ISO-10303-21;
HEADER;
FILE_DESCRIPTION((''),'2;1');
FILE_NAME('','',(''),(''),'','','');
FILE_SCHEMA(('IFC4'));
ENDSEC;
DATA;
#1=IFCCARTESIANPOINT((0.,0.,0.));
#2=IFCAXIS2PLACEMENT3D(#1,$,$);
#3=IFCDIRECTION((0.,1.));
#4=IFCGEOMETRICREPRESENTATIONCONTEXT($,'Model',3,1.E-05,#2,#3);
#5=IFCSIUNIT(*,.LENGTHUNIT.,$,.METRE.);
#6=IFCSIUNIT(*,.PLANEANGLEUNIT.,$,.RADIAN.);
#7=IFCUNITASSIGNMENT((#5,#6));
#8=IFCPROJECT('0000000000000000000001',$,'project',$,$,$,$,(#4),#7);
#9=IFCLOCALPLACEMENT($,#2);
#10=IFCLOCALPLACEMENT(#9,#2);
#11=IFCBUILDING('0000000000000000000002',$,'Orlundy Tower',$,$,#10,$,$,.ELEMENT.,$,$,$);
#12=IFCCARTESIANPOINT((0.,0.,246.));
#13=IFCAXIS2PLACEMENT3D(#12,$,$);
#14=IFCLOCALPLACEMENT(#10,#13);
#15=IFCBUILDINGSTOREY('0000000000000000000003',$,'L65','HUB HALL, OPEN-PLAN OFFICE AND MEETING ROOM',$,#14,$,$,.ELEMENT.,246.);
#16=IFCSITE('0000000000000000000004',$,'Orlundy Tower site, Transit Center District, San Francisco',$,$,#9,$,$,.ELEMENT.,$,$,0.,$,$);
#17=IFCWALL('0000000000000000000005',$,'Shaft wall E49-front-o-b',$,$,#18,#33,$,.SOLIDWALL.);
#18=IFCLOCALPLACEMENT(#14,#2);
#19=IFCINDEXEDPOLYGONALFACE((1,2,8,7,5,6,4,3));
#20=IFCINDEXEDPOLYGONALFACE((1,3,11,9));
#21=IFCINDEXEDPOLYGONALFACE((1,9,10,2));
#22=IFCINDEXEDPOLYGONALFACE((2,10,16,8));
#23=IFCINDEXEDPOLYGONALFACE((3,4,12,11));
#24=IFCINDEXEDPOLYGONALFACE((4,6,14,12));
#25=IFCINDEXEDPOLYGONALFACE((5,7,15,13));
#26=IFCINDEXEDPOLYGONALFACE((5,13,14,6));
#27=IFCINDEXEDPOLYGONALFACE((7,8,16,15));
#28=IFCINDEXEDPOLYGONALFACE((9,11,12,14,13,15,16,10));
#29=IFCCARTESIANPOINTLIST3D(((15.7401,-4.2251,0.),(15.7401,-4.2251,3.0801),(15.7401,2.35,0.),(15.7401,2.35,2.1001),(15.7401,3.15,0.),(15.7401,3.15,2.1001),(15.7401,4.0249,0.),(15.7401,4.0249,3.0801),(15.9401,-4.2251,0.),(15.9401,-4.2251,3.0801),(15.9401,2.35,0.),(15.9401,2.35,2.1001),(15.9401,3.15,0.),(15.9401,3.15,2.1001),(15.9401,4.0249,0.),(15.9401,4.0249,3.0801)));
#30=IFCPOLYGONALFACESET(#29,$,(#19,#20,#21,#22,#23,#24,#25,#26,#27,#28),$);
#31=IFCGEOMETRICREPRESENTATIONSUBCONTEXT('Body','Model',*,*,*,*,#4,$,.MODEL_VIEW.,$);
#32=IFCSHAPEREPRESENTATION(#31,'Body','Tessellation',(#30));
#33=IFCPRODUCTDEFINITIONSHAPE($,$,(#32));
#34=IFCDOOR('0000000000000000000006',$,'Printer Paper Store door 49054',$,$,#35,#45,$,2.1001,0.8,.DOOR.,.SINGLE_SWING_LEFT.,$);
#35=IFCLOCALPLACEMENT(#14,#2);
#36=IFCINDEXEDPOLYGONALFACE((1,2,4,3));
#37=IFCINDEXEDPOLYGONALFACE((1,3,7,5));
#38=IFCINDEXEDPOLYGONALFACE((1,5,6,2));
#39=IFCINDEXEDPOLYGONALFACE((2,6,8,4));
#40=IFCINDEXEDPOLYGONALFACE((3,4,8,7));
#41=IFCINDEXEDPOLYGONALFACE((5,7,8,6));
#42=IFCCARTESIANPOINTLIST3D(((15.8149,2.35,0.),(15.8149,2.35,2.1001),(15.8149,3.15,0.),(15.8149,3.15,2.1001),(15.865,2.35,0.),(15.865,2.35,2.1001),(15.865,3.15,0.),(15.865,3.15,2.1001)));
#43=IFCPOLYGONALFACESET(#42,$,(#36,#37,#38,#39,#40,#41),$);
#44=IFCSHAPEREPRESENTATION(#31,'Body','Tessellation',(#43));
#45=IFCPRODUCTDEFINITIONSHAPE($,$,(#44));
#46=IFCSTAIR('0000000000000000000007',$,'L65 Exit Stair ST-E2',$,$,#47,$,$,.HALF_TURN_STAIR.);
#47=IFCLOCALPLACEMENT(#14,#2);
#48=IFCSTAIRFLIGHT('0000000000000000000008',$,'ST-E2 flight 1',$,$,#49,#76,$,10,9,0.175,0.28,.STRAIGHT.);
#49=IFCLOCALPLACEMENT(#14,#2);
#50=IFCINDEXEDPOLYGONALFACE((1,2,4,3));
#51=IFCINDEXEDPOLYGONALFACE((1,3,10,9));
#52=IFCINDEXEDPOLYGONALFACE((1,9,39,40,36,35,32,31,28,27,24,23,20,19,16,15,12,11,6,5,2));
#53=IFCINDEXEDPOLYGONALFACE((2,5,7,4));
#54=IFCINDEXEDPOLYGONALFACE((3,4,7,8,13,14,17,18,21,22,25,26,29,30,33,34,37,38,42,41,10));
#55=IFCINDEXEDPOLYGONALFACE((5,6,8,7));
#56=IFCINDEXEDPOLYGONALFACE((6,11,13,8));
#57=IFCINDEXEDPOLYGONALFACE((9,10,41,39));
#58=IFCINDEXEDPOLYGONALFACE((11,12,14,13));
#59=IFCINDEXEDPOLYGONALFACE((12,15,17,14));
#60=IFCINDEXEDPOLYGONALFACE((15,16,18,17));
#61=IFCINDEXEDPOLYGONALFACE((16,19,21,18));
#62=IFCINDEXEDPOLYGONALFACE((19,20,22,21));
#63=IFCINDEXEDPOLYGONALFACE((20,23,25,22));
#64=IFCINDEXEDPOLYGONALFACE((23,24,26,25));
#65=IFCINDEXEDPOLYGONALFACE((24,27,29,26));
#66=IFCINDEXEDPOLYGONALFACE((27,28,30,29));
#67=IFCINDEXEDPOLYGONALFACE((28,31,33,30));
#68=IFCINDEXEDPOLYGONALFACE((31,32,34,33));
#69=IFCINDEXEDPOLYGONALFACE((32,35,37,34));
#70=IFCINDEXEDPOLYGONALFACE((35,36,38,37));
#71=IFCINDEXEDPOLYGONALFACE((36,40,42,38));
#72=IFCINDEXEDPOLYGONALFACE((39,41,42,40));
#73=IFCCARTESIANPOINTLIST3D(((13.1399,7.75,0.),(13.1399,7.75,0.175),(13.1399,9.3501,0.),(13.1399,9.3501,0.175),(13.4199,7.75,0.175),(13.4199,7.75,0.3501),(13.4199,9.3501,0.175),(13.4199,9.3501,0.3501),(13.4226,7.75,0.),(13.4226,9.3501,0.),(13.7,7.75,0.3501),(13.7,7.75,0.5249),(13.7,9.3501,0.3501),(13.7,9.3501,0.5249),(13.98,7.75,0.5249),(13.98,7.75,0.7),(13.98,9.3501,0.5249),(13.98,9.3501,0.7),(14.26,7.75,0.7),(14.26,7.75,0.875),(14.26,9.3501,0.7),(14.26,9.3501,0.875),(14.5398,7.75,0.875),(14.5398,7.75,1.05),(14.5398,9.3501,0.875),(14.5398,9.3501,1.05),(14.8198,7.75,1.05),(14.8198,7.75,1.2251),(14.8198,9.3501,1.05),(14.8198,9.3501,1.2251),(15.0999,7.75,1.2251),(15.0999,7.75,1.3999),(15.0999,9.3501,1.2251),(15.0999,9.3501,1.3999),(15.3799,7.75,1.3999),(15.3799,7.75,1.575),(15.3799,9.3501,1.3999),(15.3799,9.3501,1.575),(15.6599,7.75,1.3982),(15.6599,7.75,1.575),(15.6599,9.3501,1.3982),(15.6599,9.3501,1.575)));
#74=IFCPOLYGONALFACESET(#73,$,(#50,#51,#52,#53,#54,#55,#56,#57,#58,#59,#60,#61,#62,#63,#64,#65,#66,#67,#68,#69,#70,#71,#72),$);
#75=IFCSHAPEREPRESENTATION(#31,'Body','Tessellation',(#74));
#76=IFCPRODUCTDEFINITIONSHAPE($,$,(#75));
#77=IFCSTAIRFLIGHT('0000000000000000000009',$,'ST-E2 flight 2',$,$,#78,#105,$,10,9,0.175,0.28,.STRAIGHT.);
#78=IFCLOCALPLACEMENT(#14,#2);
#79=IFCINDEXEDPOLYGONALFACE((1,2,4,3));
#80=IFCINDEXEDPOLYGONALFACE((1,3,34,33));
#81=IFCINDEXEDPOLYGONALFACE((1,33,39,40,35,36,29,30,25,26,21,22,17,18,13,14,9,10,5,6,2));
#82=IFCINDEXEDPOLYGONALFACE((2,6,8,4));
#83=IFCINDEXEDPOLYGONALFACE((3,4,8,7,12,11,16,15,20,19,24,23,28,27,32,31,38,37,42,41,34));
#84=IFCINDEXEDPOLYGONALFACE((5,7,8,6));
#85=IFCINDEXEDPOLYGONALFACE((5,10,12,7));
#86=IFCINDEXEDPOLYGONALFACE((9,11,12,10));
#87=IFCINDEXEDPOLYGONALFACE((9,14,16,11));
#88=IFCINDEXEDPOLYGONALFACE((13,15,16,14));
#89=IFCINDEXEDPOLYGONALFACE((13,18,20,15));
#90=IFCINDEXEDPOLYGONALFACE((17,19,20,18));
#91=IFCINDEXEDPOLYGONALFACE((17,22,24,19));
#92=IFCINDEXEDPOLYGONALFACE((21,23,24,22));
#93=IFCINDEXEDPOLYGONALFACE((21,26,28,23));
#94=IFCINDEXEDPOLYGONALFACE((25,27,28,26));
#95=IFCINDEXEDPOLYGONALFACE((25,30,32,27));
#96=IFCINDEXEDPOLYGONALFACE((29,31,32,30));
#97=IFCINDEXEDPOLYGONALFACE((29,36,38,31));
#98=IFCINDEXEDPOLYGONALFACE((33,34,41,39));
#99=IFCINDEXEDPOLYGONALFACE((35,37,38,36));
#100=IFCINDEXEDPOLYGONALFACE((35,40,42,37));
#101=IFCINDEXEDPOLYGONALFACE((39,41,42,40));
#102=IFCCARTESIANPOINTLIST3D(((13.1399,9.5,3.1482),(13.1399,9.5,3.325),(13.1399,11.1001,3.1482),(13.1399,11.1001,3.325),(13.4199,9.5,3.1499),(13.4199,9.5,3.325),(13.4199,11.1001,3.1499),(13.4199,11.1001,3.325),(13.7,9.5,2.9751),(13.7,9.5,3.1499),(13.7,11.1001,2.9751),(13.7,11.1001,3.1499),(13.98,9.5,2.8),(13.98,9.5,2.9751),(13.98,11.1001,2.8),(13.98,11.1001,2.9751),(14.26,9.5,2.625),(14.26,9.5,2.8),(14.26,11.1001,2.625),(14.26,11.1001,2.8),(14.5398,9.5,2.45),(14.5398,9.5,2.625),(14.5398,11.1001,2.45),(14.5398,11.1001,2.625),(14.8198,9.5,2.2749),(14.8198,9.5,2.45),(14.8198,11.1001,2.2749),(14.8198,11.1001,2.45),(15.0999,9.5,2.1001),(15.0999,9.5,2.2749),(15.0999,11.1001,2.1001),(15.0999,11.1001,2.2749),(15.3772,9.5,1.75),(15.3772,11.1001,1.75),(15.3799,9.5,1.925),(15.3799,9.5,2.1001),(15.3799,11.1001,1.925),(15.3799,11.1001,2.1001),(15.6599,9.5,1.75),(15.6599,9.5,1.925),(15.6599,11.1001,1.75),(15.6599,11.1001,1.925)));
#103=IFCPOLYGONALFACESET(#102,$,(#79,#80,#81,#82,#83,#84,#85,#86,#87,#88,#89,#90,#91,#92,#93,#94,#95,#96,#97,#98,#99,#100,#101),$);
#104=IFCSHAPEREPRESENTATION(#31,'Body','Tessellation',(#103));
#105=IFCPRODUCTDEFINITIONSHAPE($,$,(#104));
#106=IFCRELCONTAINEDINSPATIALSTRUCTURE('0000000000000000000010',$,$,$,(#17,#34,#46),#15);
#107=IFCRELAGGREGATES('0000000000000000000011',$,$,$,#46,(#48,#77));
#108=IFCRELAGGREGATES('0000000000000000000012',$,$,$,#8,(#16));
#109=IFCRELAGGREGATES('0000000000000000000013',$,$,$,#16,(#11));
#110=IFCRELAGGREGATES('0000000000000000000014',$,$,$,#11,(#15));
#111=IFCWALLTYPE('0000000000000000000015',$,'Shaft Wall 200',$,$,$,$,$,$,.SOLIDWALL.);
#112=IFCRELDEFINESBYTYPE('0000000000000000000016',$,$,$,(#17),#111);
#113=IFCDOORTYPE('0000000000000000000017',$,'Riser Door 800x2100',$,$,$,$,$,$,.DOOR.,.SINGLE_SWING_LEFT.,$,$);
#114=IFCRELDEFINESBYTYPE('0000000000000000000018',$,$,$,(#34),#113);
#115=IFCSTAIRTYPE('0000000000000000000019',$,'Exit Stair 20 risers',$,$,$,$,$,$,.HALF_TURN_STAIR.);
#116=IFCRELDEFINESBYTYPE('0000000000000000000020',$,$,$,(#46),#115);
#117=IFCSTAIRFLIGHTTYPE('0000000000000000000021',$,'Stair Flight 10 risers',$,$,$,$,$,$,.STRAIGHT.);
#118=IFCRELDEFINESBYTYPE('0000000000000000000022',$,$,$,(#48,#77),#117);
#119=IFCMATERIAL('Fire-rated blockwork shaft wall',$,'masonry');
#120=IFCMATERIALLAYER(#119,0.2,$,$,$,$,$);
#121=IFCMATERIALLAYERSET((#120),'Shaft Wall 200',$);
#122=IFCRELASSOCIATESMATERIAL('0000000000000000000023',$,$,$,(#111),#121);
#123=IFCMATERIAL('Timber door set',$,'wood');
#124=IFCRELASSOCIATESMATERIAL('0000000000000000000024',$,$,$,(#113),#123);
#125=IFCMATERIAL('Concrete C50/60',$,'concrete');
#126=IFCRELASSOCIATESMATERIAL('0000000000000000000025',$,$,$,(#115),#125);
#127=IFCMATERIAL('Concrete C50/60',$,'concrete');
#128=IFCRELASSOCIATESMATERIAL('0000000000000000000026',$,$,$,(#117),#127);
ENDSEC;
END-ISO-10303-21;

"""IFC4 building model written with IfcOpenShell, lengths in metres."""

from ifc_helpers import new_model, si_unit, direction, frame, frame_2d, origin, place, context, subcontext, project, spatial, polyline, rectangle, outline, extrude, material, layer, layer_set, type_object, element, fill, aggregate, save


model = new_model("IFC4")

# Units and contexts
model_context = context("Model", 3, precision=1e-05, world=origin(), true_north=direction((0.0, 1.0)))
body_context = subcontext(model_context, "Body", "Model", "MODEL_VIEW")
ifc_project = project(units=[si_unit("LENGTHUNIT", "METRE"), si_unit("PLANEANGLEUNIT", "RADIAN")], contexts=[model_context])

# Site, building, storey
site_placement = place(None, origin())
site = spatial("IfcSite", under=ifc_project, at=site_placement, Name="Orlundy Tower site, Transit Center District, San Francisco", CompositionType="ELEMENT", RefElevation=0.0)
building_placement = place(site_placement, origin())
building = spatial("IfcBuilding", under=site, at=building_placement, Name="Orlundy Tower", CompositionType="ELEMENT")
storey_placement = place(building_placement, frame((0.0, 0.0, 246.0)))
storey = spatial("IfcBuildingStorey", under=building, at=storey_placement, Name="L65", Description="HUB HALL, OPEN-PLAN OFFICE AND MEETING ROOM", CompositionType="ELEMENT", Elevation=246.0)

# Shared definitions
ifc_material_1 = material(Name="Fire-rated blockwork shaft wall", Category="masonry")
ifc_layer_1 = layer(ifc_material_1, 0.2)
ifc_layer_set_1 = layer_set([ifc_layer_1], Name="Shaft Wall 200")
wall_type_1 = type_object("IfcWallType", Name="Shaft Wall 200", PredefinedType="SOLIDWALL", material=ifc_layer_set_1)

# Shared definitions
ifc_material_2 = material(Name="Timber door set", Category="wood")
door_type_1 = type_object("IfcDoorType", Name="Riser Door 800x2100", OperationType="SINGLE_SWING_LEFT", PredefinedType="DOOR", material=ifc_material_2)

# Wall, opening, door
wall_1_placement = place(storey_placement, frame((15.8401, 4.0249, 0.0), z_axis=(0.0, 0.0, 1.0), x_axis=(0.0, -1.0, 0.0)))
wall_1 = element("IfcWall", 1, at=wall_1_placement, inside=storey, type_object=wall_type_1, Name="Shaft wall E49-front-o-b", PredefinedType="SOLIDWALL", context=body_context, shape_type="SweptSolid", body=[
    extrude(rectangle(XDim=8.25, YDim=0.2, at=frame_2d((4.125, 0.0))), origin(), (0.0, 0.0, 1.0), 3.0801),
])
opening_1_placement = place(wall_1_placement, frame((0.875, 0.0, 0.0)))
opening_1 = element("IfcOpeningElement", 2, at=opening_1_placement, cuts=wall_1, PredefinedType="OPENING", context=body_context, shape_type="SweptSolid", body=[
    extrude(rectangle(XDim=0.8, YDim=2.1001, at=frame_2d((0.3999, 1.05))), frame((0.0, 0.1101, 0.0), z_axis=(0.0, -1.0, 0.0), x_axis=(1.0, 0.0, 0.0)), (0.0, 0.0, 1.0), 0.2202),
])
door_1_placement = place(opening_1_placement, origin())
door_1 = element("IfcDoor", 3, at=door_1_placement, inside=storey, type_object=door_type_1, Name="Printer Paper Store door 49054", OperationType="SINGLE_SWING_LEFT", OverallHeight=2.1001, OverallWidth=0.8, PredefinedType="DOOR", context=body_context, shape_type="SweptSolid", body=[
    extrude(rectangle(XDim=0.8, YDim=2.1001, at=frame_2d((0.3999, 1.05))), frame((0.0, 0.0249, 0.0), z_axis=(0.0, -1.0, 0.0), x_axis=(1.0, 0.0, 0.0)), (0.0, 0.0, 1.0), 0.05),
])
fill(opening_1, door_1)

# Stair, stair flights
ifc_material_3 = material(Name="Concrete C50/60", Category="concrete")
stair_type = type_object("IfcStairType", Name="Exit Stair 20 risers", PredefinedType="HALF_TURN_STAIR", material=ifc_material_3)
stair_placement = place(storey_placement, origin())
stair = element("IfcStair", 4, at=stair_placement, inside=storey, type_object=stair_type, Name="L65 Exit Stair ST-E2", PredefinedType="HALF_TURN_STAIR")
ifc_material_4 = material(Name="Concrete C50/60", Category="concrete")
stair_flight_type = type_object("IfcStairFlightType", Name="Stair Flight 10 risers", PredefinedType="STRAIGHT", material=ifc_material_4)
stair_flight_1_placement = place(storey_placement, frame((13.1399, 8.55, 0.0), z_axis=(0.0, 0.0, 1.0), x_axis=(1.0, 0.0, 0.0)))
stair_flight_1 = element("IfcStairFlight", 5, at=stair_flight_1_placement, type_object=stair_flight_type, Name="ST-E2 flight 1", NumberOfRisers=10, NumberOfTreads=9, PredefinedType="STRAIGHT", RiserHeight=0.175, TreadLength=0.28, context=body_context, shape_type="SweptSolid", body=[
    extrude(outline(polyline([(0.0, 0.0), (0.0, 0.175), (0.28, 0.175), (0.28, 0.3501), (0.5601, 0.3501), (0.5601, 0.5249), (0.8401, 0.5249), (0.8401, 0.7), (1.1201, 0.7), (1.1201, 0.875), (1.3999, 0.875), (1.3999, 1.05), (1.6799, 1.05), (1.6799, 1.2251), (1.96, 1.2251), (1.96, 1.3999), (2.24, 1.3999), (2.24, 1.575), (2.52, 1.575), (2.52, 1.75), (2.52, 1.3982), (0.2827, 0.0), (0.0, 0.0)])), frame((0.0, 0.8, 0.0), z_axis=(0.0, -1.0, 0.0), x_axis=(1.0, 0.0, 0.0)), (0.0, 0.0, 1.0), 1.6001),
])
stair_flight_2_placement = place(storey_placement, frame((15.6599, 10.3, 1.75), z_axis=(0.0, 0.0, 1.0), x_axis=(-1.0, 0.0, 0.0)))
stair_flight_2 = element("IfcStairFlight", 6, at=stair_flight_2_placement, type_object=stair_flight_type, Name="ST-E2 flight 2", NumberOfRisers=10, NumberOfTreads=9, PredefinedType="STRAIGHT", RiserHeight=0.175, TreadLength=0.28, context=body_context, shape_type="SweptSolid", body=[
    extrude(outline(polyline([(0.0, 0.0), (0.0, 0.175), (0.28, 0.175), (0.28, 0.3501), (0.5601, 0.3501), (0.5601, 0.5249), (0.8401, 0.5249), (0.8401, 0.7), (1.1201, 0.7), (1.1201, 0.875), (1.3999, 0.875), (1.3999, 1.05), (1.6799, 1.05), (1.6799, 1.2251), (1.96, 1.2251), (1.96, 1.3999), (2.24, 1.3999), (2.24, 1.575), (2.52, 1.575), (2.52, 1.75), (2.52, 1.3982), (0.2827, 0.0), (0.0, 0.0)])), frame((0.0, 0.8, 0.0), z_axis=(0.0, -1.0, 0.0), x_axis=(1.0, 0.0, 0.0)), (0.0, 0.0, 1.0), 1.6001),
])
aggregate(stair, [stair_flight_1, stair_flight_2])

save(model, "model.ifc")
